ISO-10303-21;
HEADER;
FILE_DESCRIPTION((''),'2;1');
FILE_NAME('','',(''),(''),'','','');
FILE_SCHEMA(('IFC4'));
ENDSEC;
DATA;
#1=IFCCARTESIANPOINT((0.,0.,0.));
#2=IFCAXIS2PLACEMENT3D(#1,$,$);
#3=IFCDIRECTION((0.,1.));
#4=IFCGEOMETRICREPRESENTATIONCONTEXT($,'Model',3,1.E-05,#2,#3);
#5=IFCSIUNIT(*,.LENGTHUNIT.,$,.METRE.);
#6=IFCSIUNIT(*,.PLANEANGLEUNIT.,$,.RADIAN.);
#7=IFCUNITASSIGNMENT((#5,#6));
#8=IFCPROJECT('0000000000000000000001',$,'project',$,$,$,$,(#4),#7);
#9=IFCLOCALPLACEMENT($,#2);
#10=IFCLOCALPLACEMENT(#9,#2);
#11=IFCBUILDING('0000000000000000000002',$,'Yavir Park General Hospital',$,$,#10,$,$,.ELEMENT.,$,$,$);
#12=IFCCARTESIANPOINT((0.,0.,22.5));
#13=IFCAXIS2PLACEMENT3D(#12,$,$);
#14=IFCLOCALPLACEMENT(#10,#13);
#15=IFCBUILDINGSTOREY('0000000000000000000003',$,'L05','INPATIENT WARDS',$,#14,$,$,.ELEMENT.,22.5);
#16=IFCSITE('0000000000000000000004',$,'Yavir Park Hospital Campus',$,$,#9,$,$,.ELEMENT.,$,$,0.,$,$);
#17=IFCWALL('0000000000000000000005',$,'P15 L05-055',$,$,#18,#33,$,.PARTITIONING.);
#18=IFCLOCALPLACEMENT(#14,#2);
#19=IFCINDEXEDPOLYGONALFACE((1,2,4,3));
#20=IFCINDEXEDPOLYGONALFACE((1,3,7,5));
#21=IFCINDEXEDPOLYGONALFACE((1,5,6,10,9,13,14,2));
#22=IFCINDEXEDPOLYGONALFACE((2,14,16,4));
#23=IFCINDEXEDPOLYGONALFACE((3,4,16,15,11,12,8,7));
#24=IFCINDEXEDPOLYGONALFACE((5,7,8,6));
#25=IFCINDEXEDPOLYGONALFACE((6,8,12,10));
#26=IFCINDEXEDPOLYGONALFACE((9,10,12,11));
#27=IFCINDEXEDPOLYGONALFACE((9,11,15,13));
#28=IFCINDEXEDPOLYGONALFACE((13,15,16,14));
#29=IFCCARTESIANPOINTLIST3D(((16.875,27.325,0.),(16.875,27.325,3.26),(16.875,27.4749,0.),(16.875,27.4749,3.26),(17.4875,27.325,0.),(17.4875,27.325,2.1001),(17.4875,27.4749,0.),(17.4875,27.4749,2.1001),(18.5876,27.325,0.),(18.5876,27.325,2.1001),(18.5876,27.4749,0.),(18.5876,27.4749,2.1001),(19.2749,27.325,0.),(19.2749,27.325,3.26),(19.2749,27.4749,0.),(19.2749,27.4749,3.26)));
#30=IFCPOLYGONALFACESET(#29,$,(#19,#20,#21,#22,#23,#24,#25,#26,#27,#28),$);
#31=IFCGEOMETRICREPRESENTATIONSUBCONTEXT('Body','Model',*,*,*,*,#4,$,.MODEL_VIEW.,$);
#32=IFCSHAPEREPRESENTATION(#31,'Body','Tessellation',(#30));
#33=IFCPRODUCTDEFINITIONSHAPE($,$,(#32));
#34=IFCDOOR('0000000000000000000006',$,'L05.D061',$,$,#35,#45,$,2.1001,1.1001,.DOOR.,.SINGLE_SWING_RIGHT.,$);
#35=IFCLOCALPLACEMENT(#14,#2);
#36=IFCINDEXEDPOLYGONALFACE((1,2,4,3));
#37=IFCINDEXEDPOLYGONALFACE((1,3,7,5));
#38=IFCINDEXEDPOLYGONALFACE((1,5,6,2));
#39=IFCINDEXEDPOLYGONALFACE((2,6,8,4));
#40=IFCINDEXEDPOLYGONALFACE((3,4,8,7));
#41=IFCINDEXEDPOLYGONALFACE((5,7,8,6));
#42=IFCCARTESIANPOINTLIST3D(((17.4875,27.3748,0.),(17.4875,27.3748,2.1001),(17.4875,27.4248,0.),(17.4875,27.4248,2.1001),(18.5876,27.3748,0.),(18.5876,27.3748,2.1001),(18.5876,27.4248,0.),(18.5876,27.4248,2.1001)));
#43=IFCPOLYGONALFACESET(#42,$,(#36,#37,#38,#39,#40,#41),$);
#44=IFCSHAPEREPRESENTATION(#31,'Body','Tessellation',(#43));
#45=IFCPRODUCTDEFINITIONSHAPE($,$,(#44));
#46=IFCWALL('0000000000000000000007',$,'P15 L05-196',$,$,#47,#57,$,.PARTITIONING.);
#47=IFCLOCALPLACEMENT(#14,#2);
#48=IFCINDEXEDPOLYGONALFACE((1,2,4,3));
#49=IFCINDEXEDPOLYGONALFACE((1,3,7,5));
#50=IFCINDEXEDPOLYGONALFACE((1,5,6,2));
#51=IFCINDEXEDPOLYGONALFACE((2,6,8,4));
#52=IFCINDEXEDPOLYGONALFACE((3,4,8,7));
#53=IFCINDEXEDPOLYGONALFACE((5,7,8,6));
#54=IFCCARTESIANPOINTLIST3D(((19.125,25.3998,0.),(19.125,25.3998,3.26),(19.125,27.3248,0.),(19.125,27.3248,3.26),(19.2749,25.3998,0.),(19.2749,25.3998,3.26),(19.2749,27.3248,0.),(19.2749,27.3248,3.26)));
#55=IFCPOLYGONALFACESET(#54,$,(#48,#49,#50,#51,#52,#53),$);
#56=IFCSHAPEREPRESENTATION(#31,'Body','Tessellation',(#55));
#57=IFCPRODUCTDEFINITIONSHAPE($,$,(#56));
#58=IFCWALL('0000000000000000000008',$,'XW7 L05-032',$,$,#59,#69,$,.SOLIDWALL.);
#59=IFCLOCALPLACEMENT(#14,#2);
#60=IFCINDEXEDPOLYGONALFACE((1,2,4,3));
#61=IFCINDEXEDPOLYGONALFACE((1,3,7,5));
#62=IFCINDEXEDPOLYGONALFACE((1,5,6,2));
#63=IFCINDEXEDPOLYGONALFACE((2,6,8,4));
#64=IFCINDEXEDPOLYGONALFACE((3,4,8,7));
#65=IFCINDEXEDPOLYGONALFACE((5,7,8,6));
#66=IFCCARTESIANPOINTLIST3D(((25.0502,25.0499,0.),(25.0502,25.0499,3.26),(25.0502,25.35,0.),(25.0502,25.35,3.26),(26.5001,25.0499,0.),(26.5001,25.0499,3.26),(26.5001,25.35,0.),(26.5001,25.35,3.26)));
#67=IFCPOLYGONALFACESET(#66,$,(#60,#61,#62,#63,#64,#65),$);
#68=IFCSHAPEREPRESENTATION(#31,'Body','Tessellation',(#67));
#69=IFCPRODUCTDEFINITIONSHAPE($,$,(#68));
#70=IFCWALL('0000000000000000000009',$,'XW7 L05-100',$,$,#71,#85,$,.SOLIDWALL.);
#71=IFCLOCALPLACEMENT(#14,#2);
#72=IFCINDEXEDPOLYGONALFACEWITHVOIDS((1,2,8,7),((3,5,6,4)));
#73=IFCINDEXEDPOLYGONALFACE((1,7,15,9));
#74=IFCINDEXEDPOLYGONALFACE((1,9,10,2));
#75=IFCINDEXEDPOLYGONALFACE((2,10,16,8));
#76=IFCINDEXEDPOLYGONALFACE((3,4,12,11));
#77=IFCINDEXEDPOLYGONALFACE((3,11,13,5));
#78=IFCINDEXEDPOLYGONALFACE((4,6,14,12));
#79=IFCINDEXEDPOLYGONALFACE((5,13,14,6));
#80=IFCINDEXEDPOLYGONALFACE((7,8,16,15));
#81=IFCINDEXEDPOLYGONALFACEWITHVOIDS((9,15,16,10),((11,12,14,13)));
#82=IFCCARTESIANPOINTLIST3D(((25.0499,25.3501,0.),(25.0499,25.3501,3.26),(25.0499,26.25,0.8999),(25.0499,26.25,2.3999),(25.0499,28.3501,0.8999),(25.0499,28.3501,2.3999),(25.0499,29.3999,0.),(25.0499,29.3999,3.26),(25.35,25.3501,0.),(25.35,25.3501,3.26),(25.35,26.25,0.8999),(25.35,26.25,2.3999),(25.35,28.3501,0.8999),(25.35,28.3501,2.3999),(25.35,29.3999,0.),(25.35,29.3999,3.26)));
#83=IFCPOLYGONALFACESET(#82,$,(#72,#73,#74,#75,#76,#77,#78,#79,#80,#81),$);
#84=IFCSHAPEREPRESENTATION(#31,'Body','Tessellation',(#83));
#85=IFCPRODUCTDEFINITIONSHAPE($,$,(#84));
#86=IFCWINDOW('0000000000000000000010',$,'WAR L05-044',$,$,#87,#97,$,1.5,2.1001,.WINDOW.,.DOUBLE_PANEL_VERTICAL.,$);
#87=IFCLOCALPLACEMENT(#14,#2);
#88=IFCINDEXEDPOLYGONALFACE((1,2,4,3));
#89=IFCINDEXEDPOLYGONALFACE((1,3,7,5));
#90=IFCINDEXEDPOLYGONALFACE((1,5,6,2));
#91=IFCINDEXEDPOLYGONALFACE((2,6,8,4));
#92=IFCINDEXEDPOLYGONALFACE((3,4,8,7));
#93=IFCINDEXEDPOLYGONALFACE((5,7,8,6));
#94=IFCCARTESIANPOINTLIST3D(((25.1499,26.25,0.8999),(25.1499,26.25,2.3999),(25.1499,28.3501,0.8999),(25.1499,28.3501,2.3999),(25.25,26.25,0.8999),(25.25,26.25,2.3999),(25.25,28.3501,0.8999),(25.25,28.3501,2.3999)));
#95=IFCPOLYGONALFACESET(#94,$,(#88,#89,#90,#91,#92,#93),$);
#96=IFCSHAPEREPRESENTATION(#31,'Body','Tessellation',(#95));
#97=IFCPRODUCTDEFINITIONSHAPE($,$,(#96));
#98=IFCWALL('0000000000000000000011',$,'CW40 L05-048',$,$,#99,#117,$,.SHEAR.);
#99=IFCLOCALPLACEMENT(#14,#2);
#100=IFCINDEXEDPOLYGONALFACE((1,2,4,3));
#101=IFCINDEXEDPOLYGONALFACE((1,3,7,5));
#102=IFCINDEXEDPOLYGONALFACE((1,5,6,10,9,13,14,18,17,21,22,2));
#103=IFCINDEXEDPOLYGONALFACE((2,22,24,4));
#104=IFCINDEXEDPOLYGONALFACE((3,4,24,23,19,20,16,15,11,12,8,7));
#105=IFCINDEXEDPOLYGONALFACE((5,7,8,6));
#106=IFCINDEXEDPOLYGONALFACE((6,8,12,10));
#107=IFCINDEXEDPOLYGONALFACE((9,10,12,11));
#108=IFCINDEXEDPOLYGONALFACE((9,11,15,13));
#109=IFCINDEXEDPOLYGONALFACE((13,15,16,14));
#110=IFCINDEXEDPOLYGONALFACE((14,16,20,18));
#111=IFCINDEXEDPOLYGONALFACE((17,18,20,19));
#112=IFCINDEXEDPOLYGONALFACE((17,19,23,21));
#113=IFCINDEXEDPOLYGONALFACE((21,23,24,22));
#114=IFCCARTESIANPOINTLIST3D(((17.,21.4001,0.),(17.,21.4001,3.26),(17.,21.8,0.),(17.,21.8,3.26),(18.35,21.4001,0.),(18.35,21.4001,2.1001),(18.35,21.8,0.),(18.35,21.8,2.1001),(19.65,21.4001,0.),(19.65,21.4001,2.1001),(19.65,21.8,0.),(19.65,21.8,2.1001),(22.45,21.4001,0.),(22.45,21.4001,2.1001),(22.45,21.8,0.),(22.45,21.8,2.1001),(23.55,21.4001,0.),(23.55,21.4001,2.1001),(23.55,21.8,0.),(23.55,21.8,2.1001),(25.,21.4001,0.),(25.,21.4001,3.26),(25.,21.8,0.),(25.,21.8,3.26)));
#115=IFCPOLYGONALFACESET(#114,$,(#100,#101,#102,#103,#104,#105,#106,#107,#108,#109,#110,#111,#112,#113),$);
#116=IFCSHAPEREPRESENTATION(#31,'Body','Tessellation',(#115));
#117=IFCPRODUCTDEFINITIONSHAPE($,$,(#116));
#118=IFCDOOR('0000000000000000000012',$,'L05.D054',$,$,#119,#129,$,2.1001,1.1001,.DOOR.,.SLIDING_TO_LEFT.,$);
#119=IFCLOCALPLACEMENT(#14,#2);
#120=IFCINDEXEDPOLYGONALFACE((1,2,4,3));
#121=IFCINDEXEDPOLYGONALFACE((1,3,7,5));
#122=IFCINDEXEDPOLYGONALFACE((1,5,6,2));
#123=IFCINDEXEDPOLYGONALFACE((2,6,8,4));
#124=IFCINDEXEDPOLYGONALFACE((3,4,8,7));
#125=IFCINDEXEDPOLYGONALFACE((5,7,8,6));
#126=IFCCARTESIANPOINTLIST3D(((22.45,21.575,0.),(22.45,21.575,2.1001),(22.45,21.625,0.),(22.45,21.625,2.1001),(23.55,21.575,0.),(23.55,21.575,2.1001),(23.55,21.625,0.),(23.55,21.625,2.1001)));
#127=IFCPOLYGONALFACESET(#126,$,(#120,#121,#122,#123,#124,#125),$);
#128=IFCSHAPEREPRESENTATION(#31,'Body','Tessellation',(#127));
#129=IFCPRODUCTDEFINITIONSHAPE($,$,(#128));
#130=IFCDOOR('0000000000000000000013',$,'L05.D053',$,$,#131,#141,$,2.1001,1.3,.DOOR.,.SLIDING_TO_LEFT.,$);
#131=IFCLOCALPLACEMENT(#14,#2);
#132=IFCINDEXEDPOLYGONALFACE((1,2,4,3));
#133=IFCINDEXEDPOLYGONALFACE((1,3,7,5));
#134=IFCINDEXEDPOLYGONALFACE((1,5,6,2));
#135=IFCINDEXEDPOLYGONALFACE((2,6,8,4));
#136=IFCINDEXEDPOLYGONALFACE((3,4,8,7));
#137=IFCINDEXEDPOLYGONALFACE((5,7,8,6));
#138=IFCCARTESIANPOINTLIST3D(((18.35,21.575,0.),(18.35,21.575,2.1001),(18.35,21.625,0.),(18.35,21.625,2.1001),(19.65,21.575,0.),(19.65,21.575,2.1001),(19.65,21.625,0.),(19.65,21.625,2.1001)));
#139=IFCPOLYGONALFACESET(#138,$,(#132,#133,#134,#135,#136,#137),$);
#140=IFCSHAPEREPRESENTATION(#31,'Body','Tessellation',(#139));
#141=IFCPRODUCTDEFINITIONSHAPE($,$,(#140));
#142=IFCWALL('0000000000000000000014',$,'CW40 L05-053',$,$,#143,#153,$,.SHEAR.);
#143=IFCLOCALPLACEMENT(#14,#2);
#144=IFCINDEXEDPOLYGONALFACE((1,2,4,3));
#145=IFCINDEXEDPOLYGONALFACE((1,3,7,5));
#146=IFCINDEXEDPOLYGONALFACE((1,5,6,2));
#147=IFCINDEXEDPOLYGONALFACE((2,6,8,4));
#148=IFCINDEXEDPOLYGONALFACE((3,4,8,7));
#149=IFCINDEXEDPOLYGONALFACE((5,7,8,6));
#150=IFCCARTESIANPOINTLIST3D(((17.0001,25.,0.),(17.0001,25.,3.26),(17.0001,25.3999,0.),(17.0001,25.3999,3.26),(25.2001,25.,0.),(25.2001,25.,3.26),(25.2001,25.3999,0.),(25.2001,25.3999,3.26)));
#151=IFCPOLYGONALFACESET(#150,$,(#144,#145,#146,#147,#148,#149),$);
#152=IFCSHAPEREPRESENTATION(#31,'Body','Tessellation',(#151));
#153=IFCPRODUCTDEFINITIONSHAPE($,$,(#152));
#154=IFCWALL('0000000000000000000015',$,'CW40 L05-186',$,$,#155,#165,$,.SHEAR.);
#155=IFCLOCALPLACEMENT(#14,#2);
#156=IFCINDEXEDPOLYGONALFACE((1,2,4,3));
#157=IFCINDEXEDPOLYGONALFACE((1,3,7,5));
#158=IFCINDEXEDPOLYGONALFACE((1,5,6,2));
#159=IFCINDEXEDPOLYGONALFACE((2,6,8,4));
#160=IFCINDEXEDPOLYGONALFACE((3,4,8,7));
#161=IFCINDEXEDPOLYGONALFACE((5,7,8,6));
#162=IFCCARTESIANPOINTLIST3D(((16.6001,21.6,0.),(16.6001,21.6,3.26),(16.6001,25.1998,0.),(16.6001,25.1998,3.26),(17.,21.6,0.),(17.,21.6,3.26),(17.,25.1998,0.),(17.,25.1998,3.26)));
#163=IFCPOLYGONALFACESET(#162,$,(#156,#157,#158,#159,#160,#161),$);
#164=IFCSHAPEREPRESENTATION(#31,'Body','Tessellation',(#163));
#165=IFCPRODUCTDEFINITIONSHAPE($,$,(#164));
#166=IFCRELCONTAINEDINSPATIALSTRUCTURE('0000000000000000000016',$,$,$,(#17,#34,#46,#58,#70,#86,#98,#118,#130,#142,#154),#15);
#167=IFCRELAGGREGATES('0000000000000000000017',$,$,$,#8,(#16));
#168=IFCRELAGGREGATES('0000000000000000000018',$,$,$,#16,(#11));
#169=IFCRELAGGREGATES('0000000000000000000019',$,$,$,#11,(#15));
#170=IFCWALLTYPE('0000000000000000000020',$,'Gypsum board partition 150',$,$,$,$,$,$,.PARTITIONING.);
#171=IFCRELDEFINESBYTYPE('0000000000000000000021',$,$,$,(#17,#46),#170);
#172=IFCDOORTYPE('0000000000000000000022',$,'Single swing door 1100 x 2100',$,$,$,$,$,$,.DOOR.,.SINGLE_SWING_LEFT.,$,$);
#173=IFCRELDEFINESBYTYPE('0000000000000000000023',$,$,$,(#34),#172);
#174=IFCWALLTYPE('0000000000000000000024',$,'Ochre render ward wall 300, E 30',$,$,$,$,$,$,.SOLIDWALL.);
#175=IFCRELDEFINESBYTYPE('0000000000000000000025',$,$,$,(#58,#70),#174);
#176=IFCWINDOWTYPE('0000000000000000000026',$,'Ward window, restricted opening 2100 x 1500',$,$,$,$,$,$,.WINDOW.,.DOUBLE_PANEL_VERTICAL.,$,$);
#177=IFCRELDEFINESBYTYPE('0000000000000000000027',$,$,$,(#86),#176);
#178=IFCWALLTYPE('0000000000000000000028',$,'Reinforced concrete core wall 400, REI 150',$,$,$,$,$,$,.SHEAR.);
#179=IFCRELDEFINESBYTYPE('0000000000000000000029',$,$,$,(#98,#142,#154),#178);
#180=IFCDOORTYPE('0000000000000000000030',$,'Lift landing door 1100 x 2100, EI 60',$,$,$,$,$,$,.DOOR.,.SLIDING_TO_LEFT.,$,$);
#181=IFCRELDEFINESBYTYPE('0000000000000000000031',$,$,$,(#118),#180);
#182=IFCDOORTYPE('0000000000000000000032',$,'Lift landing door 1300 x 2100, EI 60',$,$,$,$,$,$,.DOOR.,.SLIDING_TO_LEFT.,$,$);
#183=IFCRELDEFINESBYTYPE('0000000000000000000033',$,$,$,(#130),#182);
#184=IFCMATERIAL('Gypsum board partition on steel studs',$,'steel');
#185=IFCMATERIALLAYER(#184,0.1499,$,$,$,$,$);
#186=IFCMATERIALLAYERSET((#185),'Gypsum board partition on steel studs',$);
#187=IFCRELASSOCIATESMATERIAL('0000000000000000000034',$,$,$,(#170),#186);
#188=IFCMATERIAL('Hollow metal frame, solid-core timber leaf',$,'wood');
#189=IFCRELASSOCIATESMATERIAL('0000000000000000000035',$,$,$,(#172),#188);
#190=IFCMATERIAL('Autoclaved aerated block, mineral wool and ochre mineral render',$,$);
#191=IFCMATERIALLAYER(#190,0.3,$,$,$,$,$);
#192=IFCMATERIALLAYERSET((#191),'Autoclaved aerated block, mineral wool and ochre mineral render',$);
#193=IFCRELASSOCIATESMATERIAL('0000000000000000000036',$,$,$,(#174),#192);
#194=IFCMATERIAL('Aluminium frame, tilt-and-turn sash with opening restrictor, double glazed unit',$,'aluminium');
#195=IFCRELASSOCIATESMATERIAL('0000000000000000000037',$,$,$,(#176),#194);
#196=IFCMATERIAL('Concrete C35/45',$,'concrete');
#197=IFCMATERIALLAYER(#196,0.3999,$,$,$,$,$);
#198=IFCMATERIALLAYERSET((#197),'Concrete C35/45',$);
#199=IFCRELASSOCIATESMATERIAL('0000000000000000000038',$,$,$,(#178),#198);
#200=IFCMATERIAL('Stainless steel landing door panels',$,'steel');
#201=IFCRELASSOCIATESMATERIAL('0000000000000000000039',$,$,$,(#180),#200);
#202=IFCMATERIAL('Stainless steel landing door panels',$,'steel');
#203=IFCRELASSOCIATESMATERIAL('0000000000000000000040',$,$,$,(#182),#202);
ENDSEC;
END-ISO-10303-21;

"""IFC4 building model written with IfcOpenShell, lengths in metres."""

from ifc_helpers import new_model, si_unit, direction, frame, frame_2d, origin, place, context, subcontext, project, spatial, rectangle, extrude, material, layer, layer_set, type_object, element, fill, save


model = new_model("IFC4")

# Units and contexts
model_context = context("Model", 3, precision=1e-05, world=origin(), true_north=direction((0.0, 1.0)))
body_context = subcontext(model_context, "Body", "Model", "MODEL_VIEW")
ifc_project = project(units=[si_unit("LENGTHUNIT", "METRE"), si_unit("PLANEANGLEUNIT", "RADIAN")], contexts=[model_context])

# Site, building, storey
site_placement = place(None, origin())
site = spatial("IfcSite", under=ifc_project, at=site_placement, Name="Yavir Park Hospital Campus", CompositionType="ELEMENT", RefElevation=0.0)
building_placement = place(site_placement, origin())
building = spatial("IfcBuilding", under=site, at=building_placement, Name="Yavir Park General Hospital", CompositionType="ELEMENT")
storey_placement = place(building_placement, frame((0.0, 0.0, 22.5)))
storey = spatial("IfcBuildingStorey", under=building, at=storey_placement, Name="L05", Description="INPATIENT WARDS", CompositionType="ELEMENT", Elevation=22.5)

# Wall, opening, door
ifc_material_1 = material(Name="Gypsum board partition on steel studs", Category="steel")
ifc_layer_1 = layer(ifc_material_1, 0.1499)
ifc_layer_set_1 = layer_set([ifc_layer_1], Name="Gypsum board partition on steel studs")
wall_type_1 = type_object("IfcWallType", Name="Gypsum board partition 150", PredefinedType="PARTITIONING", material=ifc_layer_set_1)
wall_1_placement = place(storey_placement, frame((16.875, 27.3999, 0.0), z_axis=(0.0, 0.0, 1.0), x_axis=(1.0, 0.0, 0.0)))
wall_1 = element("IfcWall", 1, at=wall_1_placement, inside=storey, type_object=wall_type_1, Name="P15 L05-055", PredefinedType="PARTITIONING", context=body_context, shape_type="SweptSolid", body=[
    extrude(rectangle(XDim=2.3999, YDim=0.1499, at=frame_2d((1.2, 0.0))), origin(), (0.0, 0.0, 1.0), 3.26),
])
opening_1_placement = place(wall_1_placement, frame((0.6125, 0.0, 0.0)))
opening_1 = element("IfcOpeningElement", 2, at=opening_1_placement, cuts=wall_1, PredefinedType="OPENING", context=body_context, shape_type="SweptSolid", body=[
    extrude(rectangle(XDim=1.1001, YDim=2.1001, at=frame_2d((0.55, 1.05))), frame((0.0, 0.085, 0.0), z_axis=(0.0, -1.0, 0.0), x_axis=(1.0, 0.0, 0.0)), (0.0, 0.0, 1.0), 0.1699),
])
ifc_material_2 = material(Name="Hollow metal frame, solid-core timber leaf", Category="wood")
door_type_1 = type_object("IfcDoorType", Name="Single swing door 1100 x 2100", OperationType="SINGLE_SWING_LEFT", PredefinedType="DOOR", material=ifc_material_2)
door_1_placement = place(opening_1_placement, origin())
door_1 = element("IfcDoor", 3, at=door_1_placement, inside=storey, type_object=door_type_1, Name="L05.D061", OperationType="SINGLE_SWING_RIGHT", OverallHeight=2.1001, OverallWidth=1.1001, PredefinedType="DOOR", context=body_context, shape_type="SweptSolid", body=[
    extrude(rectangle(XDim=1.1001, YDim=2.1001, at=frame_2d((0.55, 1.05))), frame((0.0, 0.0249, 0.0), z_axis=(0.0, -1.0, 0.0), x_axis=(1.0, 0.0, 0.0)), (0.0, 0.0, 1.0), 0.05),
])
fill(opening_1, door_1)

# Walls
wall_2_placement = place(storey_placement, frame((19.2, 25.3999, 0.0), z_axis=(0.0, 0.0, 1.0), x_axis=(0.0, 1.0, 0.0)))
element("IfcWall", 4, at=wall_2_placement, inside=storey, type_object=wall_type_1, Name="P15 L05-196", PredefinedType="PARTITIONING", context=body_context, shape_type="SweptSolid", body=[
    extrude(rectangle(XDim=1.925, YDim=0.1499, at=frame_2d((0.9624, 0.0))), origin(), (0.0, 0.0, 1.0), 3.26),
])
ifc_material_3 = material(Name="Autoclaved aerated block, mineral wool and ochre mineral render")
ifc_layer_2 = layer(ifc_material_3, 0.3)
ifc_layer_set_2 = layer_set([ifc_layer_2], Name="Autoclaved aerated block, mineral wool and ochre mineral render")
wall_type_2 = type_object("IfcWallType", Name="Ochre render ward wall 300, E 30", PredefinedType="SOLIDWALL", material=ifc_layer_set_2)
wall_3_placement = place(storey_placement, frame((25.05, 25.2, 0.0), z_axis=(0.0, 0.0, 1.0), x_axis=(1.0, 0.0, 0.0)))
element("IfcWall", 5, at=wall_3_placement, inside=storey, type_object=wall_type_2, Name="XW7 L05-032", PredefinedType="SOLIDWALL", context=body_context, shape_type="SweptSolid", body=[
    extrude(rectangle(XDim=1.45, YDim=0.3, at=frame_2d((0.7251, 0.0))), origin(), (0.0, 0.0, 1.0), 3.26),
])

# Wall, opening, window
wall_4_placement = place(storey_placement, frame((25.2, 25.3501, 0.0), z_axis=(0.0, 0.0, 1.0), x_axis=(0.0, 1.0, 0.0)))
wall_4 = element("IfcWall", 6, at=wall_4_placement, inside=storey, type_object=wall_type_2, Name="XW7 L05-100", PredefinedType="SOLIDWALL", context=body_context, shape_type="SweptSolid", body=[
    extrude(rectangle(XDim=4.0498, YDim=0.3, at=frame_2d((2.0249, 0.0))), origin(), (0.0, 0.0, 1.0), 3.26),
])
opening_2_placement = place(wall_4_placement, frame((0.8999, 0.0, 0.8999)))
opening_2 = element("IfcOpeningElement", 7, at=opening_2_placement, cuts=wall_4, PredefinedType="OPENING", context=body_context, shape_type="SweptSolid", body=[
    extrude(rectangle(XDim=2.1001, YDim=1.5, at=frame_2d((1.05, 0.75))), frame((0.0, 0.1599, 0.0), z_axis=(0.0, -1.0, 0.0), x_axis=(1.0, 0.0, 0.0)), (0.0, 0.0, 1.0), 0.3201),
])
ifc_material_4 = material(Name="Aluminium frame, tilt-and-turn sash with opening restrictor, double glazed unit", Category="aluminium")
window_type = type_object("IfcWindowType", Name="Ward window, restricted opening 2100 x 1500", PartitioningType="DOUBLE_PANEL_VERTICAL", PredefinedType="WINDOW", material=ifc_material_4)
window_placement = place(opening_2_placement, origin())
window = element("IfcWindow", 8, at=window_placement, inside=storey, type_object=window_type, Name="WAR L05-044", OverallHeight=1.5, OverallWidth=2.1001, PartitioningType="DOUBLE_PANEL_VERTICAL", PredefinedType="WINDOW", context=body_context, shape_type="SweptSolid", body=[
    extrude(rectangle(XDim=2.1001, YDim=1.5, at=frame_2d((1.05, 0.75))), frame((0.0, 0.05, 0.0), z_axis=(0.0, -1.0, 0.0), x_axis=(1.0, 0.0, 0.0)), (0.0, 0.0, 1.0), 0.1001),
])
fill(opening_2, window)

# Wall, openings, doors
ifc_material_5 = material(Name="Concrete C35/45", Category="concrete")
ifc_layer_3 = layer(ifc_material_5, 0.3999)
ifc_layer_set_3 = layer_set([ifc_layer_3], Name="Concrete C35/45")
wall_type_3 = type_object("IfcWallType", Name="Reinforced concrete core wall 400, REI 150", PredefinedType="SHEAR", material=ifc_layer_set_3)
wall_5_placement = place(storey_placement, frame((17.0, 21.6001, 0.0), z_axis=(0.0, 0.0, 1.0), x_axis=(1.0, 0.0, 0.0)))
wall_5 = element("IfcWall", 9, at=wall_5_placement, inside=storey, type_object=wall_type_3, Name="CW40 L05-048", PredefinedType="SHEAR", context=body_context, shape_type="SweptSolid", body=[
    extrude(rectangle(XDim=8.0, YDim=0.3999, at=frame_2d((4.0, 0.0))), origin(), (0.0, 0.0, 1.0), 3.26),
])
opening_3_placement = place(wall_5_placement, frame((1.3501, 0.0, 0.0)))
opening_3 = element("IfcOpeningElement", 10, at=opening_3_placement, cuts=wall_5, PredefinedType="OPENING", context=body_context, shape_type="SweptSolid", body=[
    extrude(rectangle(XDim=1.3, YDim=2.1001, at=frame_2d((0.6499, 1.05))), frame((0.0, 0.21, 0.0), z_axis=(0.0, -1.0, 0.0), x_axis=(1.0, 0.0, 0.0)), (0.0, 0.0, 1.0), 0.4199),
])
opening_4_placement = place(wall_5_placement, frame((5.45, 0.0, 0.0)))
opening_4 = element("IfcOpeningElement", 11, at=opening_4_placement, cuts=wall_5, PredefinedType="OPENING", context=body_context, shape_type="SweptSolid", body=[
    extrude(rectangle(XDim=1.1001, YDim=2.1001, at=frame_2d((0.55, 1.05))), frame((0.0, 0.21, 0.0), z_axis=(0.0, -1.0, 0.0), x_axis=(1.0, 0.0, 0.0)), (0.0, 0.0, 1.0), 0.4199),
])
ifc_material_6 = material(Name="Stainless steel landing door panels", Category="steel")
door_type_2 = type_object("IfcDoorType", Name="Lift landing door 1100 x 2100, EI 60", OperationType="SLIDING_TO_LEFT", PredefinedType="DOOR", material=ifc_material_6)
door_2_placement = place(opening_4_placement, origin())
door_2 = element("IfcDoor", 12, at=door_2_placement, inside=storey, type_object=door_type_2, Name="L05.D054", OperationType="SLIDING_TO_LEFT", OverallHeight=2.1001, OverallWidth=1.1001, PredefinedType="DOOR", context=body_context, shape_type="SweptSolid", body=[
    extrude(rectangle(XDim=1.1001, YDim=2.1001, at=frame_2d((0.55, 1.05))), frame((0.0, 0.0249, 0.0), z_axis=(0.0, -1.0, 0.0), x_axis=(1.0, 0.0, 0.0)), (0.0, 0.0, 1.0), 0.05),
])
fill(opening_4, door_2)
ifc_material_7 = material(Name="Stainless steel landing door panels", Category="steel")
door_type_3 = type_object("IfcDoorType", Name="Lift landing door 1300 x 2100, EI 60", OperationType="SLIDING_TO_LEFT", PredefinedType="DOOR", material=ifc_material_7)
door_3_placement = place(opening_3_placement, origin())
door_3 = element("IfcDoor", 13, at=door_3_placement, inside=storey, type_object=door_type_3, Name="L05.D053", OperationType="SLIDING_TO_LEFT", OverallHeight=2.1001, OverallWidth=1.3, PredefinedType="DOOR", context=body_context, shape_type="SweptSolid", body=[
    extrude(rectangle(XDim=1.3, YDim=2.1001, at=frame_2d((0.6499, 1.05))), frame((0.0, 0.0249, 0.0), z_axis=(0.0, -1.0, 0.0), x_axis=(1.0, 0.0, 0.0)), (0.0, 0.0, 1.0), 0.05),
])
fill(opening_3, door_3)

# Walls
wall_6_placement = place(storey_placement, frame((17.0, 25.2, 0.0), z_axis=(0.0, 0.0, 1.0), x_axis=(1.0, 0.0, 0.0)))
element("IfcWall", 14, at=wall_6_placement, inside=storey, type_object=wall_type_3, Name="CW40 L05-053", PredefinedType="SHEAR", context=body_context, shape_type="SweptSolid", body=[
    extrude(rectangle(XDim=8.2, YDim=0.3999, at=frame_2d((4.1001, 0.0))), origin(), (0.0, 0.0, 1.0), 3.26),
])
wall_7_placement = place(storey_placement, frame((16.8, 21.6001, 0.0), z_axis=(0.0, 0.0, 1.0), x_axis=(0.0, 1.0, 0.0)))
element("IfcWall", 15, at=wall_7_placement, inside=storey, type_object=wall_type_3, Name="CW40 L05-186", PredefinedType="SHEAR", context=body_context, shape_type="SweptSolid", body=[
    extrude(rectangle(XDim=3.5999, YDim=0.3999, at=frame_2d((1.7998, 0.0))), origin(), (0.0, 0.0, 1.0), 3.26),
])

save(model, "model.ifc")
